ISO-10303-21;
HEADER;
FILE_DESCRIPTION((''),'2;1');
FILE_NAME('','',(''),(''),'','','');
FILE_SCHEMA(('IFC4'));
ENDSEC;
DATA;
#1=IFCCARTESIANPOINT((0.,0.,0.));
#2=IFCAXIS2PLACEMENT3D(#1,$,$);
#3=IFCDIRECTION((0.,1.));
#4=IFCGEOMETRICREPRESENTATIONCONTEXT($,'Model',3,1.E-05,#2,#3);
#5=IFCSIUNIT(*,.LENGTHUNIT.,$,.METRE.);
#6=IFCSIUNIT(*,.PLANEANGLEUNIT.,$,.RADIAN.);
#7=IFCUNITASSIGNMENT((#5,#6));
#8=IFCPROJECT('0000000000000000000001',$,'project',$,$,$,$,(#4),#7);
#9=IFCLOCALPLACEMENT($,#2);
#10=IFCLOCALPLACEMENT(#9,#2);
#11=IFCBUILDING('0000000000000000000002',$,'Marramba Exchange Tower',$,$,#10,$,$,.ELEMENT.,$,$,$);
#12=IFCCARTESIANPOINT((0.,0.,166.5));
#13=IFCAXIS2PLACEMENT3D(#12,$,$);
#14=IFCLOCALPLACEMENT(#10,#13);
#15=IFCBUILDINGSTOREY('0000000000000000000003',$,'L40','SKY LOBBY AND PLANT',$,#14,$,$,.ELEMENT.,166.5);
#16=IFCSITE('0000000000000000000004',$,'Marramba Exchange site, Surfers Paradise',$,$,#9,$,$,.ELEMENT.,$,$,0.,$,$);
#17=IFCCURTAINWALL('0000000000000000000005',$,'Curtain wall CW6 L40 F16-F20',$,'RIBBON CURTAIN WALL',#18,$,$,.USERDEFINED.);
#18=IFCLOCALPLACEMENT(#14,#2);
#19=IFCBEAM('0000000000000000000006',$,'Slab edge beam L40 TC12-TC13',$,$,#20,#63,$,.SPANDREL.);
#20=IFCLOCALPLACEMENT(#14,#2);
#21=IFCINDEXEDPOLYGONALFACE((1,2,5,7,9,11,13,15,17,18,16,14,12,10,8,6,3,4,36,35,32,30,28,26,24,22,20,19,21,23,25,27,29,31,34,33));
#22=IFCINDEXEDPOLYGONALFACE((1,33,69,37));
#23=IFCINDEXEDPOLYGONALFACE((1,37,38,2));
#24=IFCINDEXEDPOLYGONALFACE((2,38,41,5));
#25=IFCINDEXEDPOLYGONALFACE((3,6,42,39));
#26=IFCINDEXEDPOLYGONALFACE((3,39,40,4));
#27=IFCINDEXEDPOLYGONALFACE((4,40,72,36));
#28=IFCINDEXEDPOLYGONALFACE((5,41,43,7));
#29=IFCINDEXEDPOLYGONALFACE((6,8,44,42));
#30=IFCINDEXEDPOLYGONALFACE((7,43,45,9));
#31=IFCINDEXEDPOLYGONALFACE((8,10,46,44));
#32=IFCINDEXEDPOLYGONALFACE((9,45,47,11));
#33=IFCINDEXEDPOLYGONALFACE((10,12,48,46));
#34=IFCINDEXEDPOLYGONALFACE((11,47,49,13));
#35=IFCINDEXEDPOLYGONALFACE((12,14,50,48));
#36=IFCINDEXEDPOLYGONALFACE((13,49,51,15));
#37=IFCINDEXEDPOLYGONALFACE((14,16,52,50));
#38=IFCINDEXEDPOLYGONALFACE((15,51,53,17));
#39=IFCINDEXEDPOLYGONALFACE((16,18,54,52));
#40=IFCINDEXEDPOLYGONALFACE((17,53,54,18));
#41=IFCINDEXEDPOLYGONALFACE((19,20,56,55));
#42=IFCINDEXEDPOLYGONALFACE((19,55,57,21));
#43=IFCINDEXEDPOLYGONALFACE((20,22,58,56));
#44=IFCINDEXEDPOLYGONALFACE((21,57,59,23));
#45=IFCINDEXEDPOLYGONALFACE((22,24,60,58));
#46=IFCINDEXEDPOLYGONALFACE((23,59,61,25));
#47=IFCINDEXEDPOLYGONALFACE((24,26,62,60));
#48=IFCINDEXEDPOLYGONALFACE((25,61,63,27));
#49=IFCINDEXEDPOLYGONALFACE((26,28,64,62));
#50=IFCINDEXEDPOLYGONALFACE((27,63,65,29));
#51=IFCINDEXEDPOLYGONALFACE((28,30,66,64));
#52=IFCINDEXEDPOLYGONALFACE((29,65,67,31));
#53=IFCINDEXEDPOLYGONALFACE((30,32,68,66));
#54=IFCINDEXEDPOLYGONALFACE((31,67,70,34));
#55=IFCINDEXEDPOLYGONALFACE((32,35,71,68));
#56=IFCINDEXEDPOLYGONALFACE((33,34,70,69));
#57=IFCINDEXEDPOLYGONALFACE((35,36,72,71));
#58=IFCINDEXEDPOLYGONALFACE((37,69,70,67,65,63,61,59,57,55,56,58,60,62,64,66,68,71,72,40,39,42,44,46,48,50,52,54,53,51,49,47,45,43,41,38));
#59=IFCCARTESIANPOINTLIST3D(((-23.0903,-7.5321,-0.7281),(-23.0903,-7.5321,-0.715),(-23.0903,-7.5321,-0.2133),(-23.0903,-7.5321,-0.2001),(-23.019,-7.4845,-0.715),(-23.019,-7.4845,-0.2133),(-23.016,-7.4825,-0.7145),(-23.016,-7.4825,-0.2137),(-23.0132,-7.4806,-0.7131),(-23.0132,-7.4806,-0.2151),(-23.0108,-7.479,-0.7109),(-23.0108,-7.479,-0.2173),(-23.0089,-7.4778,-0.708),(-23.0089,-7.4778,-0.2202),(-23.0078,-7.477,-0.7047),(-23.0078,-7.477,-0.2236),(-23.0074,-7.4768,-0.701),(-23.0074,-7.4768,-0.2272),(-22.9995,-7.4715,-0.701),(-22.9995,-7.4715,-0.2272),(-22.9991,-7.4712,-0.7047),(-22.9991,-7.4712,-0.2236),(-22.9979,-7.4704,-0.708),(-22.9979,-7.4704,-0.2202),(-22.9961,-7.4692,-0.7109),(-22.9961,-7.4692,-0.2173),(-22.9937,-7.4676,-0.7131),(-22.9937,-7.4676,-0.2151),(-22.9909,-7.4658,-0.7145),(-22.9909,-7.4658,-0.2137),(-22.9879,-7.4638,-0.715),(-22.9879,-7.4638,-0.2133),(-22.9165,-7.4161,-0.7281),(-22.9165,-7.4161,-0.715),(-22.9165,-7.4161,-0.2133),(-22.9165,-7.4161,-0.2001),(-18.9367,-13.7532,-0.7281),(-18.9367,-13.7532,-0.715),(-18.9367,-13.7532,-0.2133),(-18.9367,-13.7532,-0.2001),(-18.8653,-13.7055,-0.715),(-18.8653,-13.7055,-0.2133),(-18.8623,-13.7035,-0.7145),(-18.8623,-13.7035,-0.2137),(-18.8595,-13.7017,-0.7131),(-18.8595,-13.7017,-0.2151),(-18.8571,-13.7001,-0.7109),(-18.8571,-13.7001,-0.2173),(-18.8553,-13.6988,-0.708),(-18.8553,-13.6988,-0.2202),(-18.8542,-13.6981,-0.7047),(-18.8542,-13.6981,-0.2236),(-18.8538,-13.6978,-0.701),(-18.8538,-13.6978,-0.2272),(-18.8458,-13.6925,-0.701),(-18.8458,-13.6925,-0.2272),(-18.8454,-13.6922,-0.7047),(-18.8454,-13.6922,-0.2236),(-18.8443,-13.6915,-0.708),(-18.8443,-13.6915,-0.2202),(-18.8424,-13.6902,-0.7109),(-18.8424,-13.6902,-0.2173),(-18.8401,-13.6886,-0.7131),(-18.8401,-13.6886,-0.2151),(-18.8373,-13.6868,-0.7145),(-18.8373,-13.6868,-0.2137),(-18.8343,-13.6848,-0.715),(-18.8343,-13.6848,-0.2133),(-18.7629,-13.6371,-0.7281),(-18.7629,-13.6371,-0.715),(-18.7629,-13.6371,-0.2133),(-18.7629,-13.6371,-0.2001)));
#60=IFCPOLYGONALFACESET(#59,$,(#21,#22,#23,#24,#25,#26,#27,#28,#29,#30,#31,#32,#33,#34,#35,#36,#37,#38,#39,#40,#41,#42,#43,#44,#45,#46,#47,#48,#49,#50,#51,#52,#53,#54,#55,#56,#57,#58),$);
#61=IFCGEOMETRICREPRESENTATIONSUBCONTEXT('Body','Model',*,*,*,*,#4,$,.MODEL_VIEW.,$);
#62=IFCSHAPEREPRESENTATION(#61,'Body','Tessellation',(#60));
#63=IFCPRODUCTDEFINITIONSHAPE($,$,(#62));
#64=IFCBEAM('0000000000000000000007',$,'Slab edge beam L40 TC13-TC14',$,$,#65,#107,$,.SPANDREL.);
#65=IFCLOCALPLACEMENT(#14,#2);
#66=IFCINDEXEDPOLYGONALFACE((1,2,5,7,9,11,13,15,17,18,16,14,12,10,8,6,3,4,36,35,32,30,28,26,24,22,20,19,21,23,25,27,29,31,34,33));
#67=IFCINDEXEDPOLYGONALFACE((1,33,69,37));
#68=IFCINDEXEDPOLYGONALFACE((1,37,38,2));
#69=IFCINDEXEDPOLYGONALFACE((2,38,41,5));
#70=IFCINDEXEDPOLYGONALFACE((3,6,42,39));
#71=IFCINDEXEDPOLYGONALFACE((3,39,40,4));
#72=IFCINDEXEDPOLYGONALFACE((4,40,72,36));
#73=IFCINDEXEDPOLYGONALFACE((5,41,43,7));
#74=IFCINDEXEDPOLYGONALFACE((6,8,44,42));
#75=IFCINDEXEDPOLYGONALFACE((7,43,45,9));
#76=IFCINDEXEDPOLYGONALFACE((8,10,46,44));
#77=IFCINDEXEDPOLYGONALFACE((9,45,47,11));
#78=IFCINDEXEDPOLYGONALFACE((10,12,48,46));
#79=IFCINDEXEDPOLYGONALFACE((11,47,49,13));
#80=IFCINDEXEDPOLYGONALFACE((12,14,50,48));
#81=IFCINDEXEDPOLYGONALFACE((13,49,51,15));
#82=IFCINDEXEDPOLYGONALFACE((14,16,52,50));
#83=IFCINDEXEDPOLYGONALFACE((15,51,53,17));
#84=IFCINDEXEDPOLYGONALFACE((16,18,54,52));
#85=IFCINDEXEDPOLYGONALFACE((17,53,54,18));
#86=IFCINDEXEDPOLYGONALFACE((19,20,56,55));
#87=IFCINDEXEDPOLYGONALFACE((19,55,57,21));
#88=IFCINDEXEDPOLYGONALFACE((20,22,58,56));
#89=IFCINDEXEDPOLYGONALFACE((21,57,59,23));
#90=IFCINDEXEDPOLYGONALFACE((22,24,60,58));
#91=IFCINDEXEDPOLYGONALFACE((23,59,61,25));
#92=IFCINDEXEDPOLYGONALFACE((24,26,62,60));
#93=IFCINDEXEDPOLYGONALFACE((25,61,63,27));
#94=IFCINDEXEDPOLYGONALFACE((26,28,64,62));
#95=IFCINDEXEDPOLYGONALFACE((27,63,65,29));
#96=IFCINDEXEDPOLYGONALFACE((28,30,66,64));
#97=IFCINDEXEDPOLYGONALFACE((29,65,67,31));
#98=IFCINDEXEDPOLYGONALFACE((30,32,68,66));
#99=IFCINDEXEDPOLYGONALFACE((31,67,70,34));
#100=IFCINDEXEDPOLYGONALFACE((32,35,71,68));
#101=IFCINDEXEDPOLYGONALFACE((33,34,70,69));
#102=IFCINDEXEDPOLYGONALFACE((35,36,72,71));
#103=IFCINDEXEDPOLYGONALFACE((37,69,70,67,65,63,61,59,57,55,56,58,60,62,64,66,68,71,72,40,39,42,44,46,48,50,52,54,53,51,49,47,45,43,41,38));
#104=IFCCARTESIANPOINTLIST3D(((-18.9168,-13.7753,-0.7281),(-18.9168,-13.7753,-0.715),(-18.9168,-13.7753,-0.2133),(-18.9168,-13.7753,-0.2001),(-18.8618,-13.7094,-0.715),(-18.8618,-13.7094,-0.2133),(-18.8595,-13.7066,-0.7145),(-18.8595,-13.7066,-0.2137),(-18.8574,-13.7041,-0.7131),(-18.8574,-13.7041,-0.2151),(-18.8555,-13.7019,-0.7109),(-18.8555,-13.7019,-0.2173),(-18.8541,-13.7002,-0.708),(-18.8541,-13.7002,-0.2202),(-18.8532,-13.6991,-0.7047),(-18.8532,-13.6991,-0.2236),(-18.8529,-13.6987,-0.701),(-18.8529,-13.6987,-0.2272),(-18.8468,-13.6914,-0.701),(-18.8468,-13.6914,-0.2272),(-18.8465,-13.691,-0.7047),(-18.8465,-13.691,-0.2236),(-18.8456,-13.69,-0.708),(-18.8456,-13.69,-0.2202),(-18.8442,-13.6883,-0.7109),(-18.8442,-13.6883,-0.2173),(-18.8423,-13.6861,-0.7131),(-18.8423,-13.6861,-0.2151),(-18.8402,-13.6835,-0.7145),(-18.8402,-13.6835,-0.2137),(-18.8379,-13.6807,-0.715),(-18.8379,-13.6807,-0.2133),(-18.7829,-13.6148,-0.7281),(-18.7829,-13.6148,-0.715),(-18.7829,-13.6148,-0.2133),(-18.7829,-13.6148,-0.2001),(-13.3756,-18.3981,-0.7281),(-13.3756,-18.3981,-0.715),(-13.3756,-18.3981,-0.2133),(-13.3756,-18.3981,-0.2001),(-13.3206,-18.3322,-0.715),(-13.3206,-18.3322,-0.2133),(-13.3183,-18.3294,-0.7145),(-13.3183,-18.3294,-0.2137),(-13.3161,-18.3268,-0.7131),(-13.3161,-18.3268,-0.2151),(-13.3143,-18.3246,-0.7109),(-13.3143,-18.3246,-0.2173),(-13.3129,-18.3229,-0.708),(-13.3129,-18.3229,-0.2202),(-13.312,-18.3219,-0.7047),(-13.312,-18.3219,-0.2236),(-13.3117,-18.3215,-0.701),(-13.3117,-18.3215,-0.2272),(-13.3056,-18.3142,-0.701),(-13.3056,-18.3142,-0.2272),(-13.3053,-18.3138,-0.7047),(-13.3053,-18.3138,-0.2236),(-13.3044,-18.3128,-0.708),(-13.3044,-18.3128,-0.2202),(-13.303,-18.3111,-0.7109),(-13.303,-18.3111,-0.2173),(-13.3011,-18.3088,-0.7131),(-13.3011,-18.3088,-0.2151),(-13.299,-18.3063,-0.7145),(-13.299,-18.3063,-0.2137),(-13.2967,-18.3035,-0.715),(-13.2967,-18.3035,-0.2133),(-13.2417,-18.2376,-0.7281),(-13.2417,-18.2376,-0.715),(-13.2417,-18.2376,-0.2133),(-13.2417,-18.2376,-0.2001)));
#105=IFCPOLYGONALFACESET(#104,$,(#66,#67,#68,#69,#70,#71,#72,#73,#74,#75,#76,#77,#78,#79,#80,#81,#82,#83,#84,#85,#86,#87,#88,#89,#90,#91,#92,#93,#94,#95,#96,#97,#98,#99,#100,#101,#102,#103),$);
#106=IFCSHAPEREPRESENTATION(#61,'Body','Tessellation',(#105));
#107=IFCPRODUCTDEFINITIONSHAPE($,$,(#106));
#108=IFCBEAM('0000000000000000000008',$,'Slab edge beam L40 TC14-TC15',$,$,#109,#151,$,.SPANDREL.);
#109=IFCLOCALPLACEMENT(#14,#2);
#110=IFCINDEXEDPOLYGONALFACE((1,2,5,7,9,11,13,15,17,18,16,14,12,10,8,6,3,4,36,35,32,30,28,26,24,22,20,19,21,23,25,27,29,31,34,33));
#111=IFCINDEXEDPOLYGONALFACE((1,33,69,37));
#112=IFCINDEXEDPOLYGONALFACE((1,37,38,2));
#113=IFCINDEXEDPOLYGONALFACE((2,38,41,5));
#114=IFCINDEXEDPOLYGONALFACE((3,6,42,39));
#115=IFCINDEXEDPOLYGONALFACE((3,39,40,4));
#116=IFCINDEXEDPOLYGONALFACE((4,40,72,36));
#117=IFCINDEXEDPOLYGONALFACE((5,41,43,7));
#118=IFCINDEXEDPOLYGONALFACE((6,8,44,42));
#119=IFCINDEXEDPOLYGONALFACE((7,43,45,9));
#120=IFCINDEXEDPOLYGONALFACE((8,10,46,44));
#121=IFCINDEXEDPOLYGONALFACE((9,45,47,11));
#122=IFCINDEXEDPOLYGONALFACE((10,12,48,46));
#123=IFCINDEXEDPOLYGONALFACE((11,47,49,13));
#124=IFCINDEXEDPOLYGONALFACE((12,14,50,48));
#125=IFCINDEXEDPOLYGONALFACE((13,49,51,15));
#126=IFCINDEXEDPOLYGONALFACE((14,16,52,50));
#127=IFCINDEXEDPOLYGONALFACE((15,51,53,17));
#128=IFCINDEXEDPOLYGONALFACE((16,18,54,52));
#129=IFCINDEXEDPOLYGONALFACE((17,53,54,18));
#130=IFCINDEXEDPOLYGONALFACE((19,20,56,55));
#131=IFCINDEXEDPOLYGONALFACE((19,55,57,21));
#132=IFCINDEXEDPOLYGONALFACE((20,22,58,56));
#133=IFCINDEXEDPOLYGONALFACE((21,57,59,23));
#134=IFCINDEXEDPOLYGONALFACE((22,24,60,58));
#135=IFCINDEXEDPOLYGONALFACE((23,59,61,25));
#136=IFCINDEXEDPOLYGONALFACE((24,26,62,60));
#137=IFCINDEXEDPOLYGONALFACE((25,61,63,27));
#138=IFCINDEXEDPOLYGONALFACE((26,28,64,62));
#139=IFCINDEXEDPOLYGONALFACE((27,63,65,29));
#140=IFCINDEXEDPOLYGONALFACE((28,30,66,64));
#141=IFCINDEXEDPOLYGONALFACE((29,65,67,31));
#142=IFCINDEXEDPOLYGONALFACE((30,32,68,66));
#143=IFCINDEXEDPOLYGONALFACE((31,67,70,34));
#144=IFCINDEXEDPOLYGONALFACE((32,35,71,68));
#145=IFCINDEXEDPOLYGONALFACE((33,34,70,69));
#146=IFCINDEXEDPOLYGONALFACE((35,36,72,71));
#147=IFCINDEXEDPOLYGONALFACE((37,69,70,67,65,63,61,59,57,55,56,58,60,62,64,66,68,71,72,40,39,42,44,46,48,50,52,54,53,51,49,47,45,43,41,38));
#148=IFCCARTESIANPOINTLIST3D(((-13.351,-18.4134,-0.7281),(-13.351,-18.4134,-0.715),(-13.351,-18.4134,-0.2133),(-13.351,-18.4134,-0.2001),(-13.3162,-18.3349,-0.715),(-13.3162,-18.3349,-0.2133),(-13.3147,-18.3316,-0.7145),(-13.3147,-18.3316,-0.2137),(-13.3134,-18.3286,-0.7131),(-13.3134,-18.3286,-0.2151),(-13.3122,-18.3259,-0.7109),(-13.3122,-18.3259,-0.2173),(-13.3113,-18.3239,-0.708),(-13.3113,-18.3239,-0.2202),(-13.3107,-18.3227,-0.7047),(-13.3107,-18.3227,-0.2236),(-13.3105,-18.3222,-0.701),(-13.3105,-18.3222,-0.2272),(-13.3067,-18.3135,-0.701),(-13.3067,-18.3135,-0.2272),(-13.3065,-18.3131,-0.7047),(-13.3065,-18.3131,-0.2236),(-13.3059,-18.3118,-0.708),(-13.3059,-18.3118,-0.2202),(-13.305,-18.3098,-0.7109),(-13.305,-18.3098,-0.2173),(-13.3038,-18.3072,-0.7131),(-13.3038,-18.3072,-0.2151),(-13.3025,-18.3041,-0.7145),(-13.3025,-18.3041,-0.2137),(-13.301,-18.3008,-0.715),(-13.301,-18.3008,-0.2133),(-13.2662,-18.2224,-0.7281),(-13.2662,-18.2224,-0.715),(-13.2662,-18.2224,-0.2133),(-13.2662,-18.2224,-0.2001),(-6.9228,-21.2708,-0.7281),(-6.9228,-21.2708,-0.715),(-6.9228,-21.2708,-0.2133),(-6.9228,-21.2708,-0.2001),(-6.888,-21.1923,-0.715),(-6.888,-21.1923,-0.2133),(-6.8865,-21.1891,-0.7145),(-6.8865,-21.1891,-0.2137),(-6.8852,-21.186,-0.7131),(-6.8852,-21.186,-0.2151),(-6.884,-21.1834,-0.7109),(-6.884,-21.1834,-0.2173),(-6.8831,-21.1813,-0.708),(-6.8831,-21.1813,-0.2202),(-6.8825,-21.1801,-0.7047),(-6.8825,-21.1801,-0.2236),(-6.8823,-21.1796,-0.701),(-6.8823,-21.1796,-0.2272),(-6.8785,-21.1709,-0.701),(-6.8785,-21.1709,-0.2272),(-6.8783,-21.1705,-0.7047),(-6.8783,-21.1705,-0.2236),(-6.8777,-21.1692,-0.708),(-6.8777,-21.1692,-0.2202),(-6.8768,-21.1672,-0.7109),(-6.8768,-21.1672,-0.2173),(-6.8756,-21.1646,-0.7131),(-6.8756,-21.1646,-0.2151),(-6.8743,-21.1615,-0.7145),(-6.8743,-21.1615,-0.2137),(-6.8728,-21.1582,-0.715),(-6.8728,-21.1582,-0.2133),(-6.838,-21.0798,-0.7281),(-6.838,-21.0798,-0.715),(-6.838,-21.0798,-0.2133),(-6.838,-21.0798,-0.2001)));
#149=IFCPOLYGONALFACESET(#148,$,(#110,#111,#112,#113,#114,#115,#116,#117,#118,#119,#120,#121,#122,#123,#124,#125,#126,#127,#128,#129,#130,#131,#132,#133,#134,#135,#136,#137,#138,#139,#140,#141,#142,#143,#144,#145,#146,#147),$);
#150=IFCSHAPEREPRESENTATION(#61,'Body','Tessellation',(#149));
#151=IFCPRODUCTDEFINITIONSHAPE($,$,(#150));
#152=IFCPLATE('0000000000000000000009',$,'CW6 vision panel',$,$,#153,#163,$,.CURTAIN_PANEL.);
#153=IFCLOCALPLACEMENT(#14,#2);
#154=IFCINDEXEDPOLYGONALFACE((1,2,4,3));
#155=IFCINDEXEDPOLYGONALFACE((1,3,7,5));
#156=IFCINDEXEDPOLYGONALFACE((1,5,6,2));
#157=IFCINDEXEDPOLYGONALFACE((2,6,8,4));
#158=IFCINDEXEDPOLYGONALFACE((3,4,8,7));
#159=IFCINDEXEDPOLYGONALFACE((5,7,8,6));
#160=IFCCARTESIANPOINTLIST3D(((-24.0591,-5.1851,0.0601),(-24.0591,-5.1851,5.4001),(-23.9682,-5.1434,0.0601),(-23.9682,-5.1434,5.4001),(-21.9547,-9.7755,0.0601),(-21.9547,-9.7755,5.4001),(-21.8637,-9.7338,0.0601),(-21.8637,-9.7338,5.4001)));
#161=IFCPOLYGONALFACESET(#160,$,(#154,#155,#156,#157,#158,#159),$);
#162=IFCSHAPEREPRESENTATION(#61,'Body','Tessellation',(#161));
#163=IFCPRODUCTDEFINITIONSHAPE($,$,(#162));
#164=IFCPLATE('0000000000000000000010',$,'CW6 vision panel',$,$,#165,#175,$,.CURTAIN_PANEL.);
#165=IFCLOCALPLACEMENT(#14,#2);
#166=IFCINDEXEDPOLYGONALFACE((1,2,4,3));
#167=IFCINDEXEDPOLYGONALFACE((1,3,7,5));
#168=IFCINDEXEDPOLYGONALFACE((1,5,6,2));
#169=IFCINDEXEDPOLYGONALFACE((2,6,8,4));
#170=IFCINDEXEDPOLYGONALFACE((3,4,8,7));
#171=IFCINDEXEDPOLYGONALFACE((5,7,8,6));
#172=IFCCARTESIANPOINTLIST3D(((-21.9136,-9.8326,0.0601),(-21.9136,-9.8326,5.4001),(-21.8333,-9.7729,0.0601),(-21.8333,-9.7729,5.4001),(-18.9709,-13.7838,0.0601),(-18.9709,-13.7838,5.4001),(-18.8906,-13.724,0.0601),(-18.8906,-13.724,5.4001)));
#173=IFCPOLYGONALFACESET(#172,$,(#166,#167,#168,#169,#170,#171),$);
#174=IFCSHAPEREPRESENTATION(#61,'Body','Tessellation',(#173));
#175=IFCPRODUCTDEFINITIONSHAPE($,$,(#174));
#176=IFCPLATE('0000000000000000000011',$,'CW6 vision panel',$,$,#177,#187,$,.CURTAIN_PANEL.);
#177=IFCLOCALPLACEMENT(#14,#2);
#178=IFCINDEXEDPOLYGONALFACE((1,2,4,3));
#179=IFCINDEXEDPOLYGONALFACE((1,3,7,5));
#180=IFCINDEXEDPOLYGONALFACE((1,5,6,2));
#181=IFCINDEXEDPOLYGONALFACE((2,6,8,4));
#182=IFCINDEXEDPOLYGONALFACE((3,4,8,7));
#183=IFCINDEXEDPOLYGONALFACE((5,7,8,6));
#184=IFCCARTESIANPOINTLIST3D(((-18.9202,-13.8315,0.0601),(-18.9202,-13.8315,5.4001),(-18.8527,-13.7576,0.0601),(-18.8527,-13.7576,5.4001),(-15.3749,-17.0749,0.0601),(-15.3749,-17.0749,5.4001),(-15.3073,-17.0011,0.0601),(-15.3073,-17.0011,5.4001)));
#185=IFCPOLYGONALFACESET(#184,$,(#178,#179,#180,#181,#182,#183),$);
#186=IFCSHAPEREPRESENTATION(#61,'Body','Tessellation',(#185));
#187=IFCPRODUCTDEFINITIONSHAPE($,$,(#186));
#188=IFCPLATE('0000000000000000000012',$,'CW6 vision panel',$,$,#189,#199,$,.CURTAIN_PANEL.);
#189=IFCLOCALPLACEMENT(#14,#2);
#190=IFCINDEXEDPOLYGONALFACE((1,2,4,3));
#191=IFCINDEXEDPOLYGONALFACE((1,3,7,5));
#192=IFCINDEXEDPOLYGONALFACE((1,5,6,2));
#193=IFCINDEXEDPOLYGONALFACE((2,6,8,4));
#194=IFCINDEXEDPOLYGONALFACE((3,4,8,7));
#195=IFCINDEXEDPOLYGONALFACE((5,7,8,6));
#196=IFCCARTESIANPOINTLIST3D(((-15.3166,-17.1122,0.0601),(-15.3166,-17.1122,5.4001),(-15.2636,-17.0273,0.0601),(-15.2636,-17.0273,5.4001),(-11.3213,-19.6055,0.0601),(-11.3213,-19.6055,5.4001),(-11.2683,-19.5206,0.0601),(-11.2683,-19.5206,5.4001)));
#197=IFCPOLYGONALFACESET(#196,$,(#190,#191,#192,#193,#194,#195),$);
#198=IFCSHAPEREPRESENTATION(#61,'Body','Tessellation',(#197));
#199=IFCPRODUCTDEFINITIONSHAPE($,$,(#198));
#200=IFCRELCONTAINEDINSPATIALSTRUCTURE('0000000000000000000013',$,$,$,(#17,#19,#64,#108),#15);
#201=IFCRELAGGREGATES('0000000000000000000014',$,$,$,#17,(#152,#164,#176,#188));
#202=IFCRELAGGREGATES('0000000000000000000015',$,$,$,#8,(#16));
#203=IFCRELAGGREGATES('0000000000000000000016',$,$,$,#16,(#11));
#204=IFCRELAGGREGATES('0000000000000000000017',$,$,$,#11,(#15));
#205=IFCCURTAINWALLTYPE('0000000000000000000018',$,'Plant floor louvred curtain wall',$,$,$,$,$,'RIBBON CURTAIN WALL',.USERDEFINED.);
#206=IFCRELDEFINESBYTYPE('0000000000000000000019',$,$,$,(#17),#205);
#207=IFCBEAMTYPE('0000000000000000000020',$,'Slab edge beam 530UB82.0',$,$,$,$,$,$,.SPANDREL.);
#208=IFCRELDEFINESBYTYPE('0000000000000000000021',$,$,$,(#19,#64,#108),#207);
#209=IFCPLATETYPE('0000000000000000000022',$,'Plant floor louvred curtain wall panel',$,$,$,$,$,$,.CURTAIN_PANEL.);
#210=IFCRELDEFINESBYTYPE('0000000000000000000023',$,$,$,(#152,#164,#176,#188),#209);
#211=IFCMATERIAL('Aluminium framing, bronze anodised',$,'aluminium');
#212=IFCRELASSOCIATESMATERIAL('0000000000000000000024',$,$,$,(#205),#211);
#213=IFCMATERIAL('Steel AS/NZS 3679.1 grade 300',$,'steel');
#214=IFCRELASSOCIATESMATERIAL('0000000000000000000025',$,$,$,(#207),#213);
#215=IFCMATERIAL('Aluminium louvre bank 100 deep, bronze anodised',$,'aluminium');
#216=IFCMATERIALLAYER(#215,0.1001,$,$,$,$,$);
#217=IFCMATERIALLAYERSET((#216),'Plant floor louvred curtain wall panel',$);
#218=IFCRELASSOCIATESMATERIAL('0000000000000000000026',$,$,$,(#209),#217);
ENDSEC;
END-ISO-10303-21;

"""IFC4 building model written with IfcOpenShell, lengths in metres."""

from ifc_helpers import new_model, si_unit, direction, frame, origin, origin_2d, place, context, subcontext, project, spatial, rectangle, i_section, extrude, material, layer, layer_set, material_profile, profile_set, type_object, element, aggregate, save


model = new_model("IFC4")

# Units and contexts
model_context = context("Model", 3, precision=1e-05, world=origin(), true_north=direction((0.0, 1.0)))
body_context = subcontext(model_context, "Body", "Model", "MODEL_VIEW")
ifc_project = project(units=[si_unit("LENGTHUNIT", "METRE"), si_unit("PLANEANGLEUNIT", "RADIAN")], contexts=[model_context])

# Site, building, storey
site_placement = place(None, origin())
site = spatial("IfcSite", under=ifc_project, at=site_placement, Name="Marramba Exchange site, Surfers Paradise", CompositionType="ELEMENT", RefElevation=0.0)
building_placement = place(site_placement, origin())
building = spatial("IfcBuilding", under=site, at=building_placement, Name="Marramba Exchange Tower", CompositionType="ELEMENT")
storey_placement = place(building_placement, frame((0.0, 0.0, 166.5)))
storey = spatial("IfcBuildingStorey", under=building, at=storey_placement, Name="L40", Description="SKY LOBBY AND PLANT", CompositionType="ELEMENT", Elevation=166.5)

# Curtain wall
ifc_material_1 = material(Name="Aluminium framing, bronze anodised", Category="aluminium")
curtain_wall_type = type_object("IfcCurtainWallType", Name="Plant floor louvred curtain wall", ElementType="RIBBON CURTAIN WALL", PredefinedType="USERDEFINED", material=ifc_material_1)
curtain_wall_placement = place(storey_placement, origin())
curtain_wall = element("IfcCurtainWall", 1, at=curtain_wall_placement, inside=storey, type_object=curtain_wall_type, Name="Curtain wall CW6 L40 F16-F20", ObjectType="RIBBON CURTAIN WALL", PredefinedType="USERDEFINED")

# Beams
ifc_material_2 = material(Name="Steel AS/NZS 3679.1 grade 300", Category="steel")
ifc_material_profile_1 = material_profile(ifc_material_2, i_section(OverallWidth=0.209, OverallDepth=0.5281, WebThickness=0.0095, FlangeThickness=0.0132, FilletRadius=0.0139, at=origin_2d()), Name="530UB82.0")
ifc_profile_set_1 = profile_set([ifc_material_profile_1], Name="Steel AS/NZS 3679.1 grade 300")
beam_type_1 = type_object("IfcBeamType", Name="Slab edge beam 530UB82.0", PredefinedType="SPANDREL", material=ifc_profile_set_1)
beam_1_placement = place(storey_placement, frame((-23.0034, -7.4741, -0.4641), z_axis=(0.55528, -0.831663, 0.0), x_axis=(0.831663, 0.55528, 0.0)))
element("IfcBeam", 2, at=beam_1_placement, inside=storey, type_object=beam_type_1, Name="Slab edge beam L40 TC12-TC13", PredefinedType="SPANDREL", context=body_context, shape_type="SweptSolid", body=[
    extrude(i_section(OverallWidth=0.209, OverallDepth=0.5281, WebThickness=0.0095, FlangeThickness=0.0132, FilletRadius=0.0139, at=origin_2d()), origin(), (0.0, 0.0, 1.0), 7.4802),
])
beam_2_placement = place(storey_placement, frame((-18.8499, -13.6951, -0.4641), z_axis=(0.767875, -0.6406, 0.0), x_axis=(0.6406, 0.767875, 0.0)))
element("IfcBeam", 3, at=beam_2_placement, inside=storey, type_object=beam_type_1, Name="Slab edge beam L40 TC13-TC14", PredefinedType="SPANDREL", context=body_context, shape_type="SweptSolid", body=[
    extrude(i_section(OverallWidth=0.209, OverallDepth=0.5281, WebThickness=0.0095, FlangeThickness=0.0132, FilletRadius=0.0139, at=origin_2d()), origin(), (0.0, 0.0, 1.0), 7.2163),
])
beam_3_placement = place(storey_placement, frame((-13.3086, -18.3179, -0.4641), z_axis=(0.913789, -0.40619, 0.0), x_axis=(0.40619, 0.913789, 0.0)))
element("IfcBeam", 4, at=beam_3_placement, inside=storey, type_object=beam_type_1, Name="Slab edge beam L40 TC14-TC15", PredefinedType="SPANDREL", context=body_context, shape_type="SweptSolid", body=[
    extrude(i_section(OverallWidth=0.209, OverallDepth=0.5281, WebThickness=0.0095, FlangeThickness=0.0132, FilletRadius=0.0139, at=origin_2d()), origin(), (0.0, 0.0, 1.0), 7.0347),
])

# Plates
ifc_material_3 = material(Name="Aluminium louvre bank 100 deep, bronze anodised", Category="aluminium")
ifc_layer_1 = layer(ifc_material_3, 0.1001)
ifc_layer_set_1 = layer_set([ifc_layer_1], Name="Plant floor louvred curtain wall panel")
plate_type = type_object("IfcPlateType", Name="Plant floor louvred curtain wall panel", PredefinedType="CURTAIN_PANEL", material=ifc_layer_set_1)
plate_1_placement = place(storey_placement, frame((-22.9614, -7.4595, 0.0601), z_axis=(0.0, 0.0, 1.0), x_axis=(0.416738, -0.909027, 0.0)))
plate_1 = element("IfcPlate", 5, at=plate_1_placement, type_object=plate_type, Name="CW6 vision panel", PredefinedType="CURTAIN_PANEL", context=body_context, shape_type="SweptSolid", body=[
    extrude(rectangle(XDim=5.0498, YDim=0.1001, at=origin_2d()), origin(), (0.0, 0.0, 1.0), 5.3401),
])
plate_2_placement = place(storey_placement, frame((-20.4021, -11.7783, 0.0601), z_axis=(0.0, 0.0, 1.0), x_axis=(0.597305, -0.802014, 0.0)))
plate_2 = element("IfcPlate", 6, at=plate_2_placement, type_object=plate_type, Name="CW6 vision panel", PredefinedType="CURTAIN_PANEL", context=body_context, shape_type="SweptSolid", body=[
    extrude(rectangle(XDim=4.9265, YDim=0.1001, at=origin_2d()), origin(), (0.0, 0.0, 1.0), 5.3401),
])
plate_3_placement = place(storey_placement, frame((-17.1138, -15.4163, 0.0601), z_axis=(0.0, 0.0, 1.0), x_axis=(0.737822, -0.674995, 0.0)))
plate_3 = element("IfcPlate", 7, at=plate_3_placement, type_object=plate_type, Name="CW6 vision panel", PredefinedType="CURTAIN_PANEL", context=body_context, shape_type="SweptSolid", body=[
    extrude(rectangle(XDim=4.8052, YDim=0.1001, at=origin_2d()), origin(), (0.0, 0.0, 1.0), 5.3401),
])
plate_4_placement = place(storey_placement, frame((-13.2925, -18.3164, 0.0601), z_axis=(0.0, 0.0, 1.0), x_axis=(0.848355, -0.529428, 0.0)))
plate_4 = element("IfcPlate", 8, at=plate_4_placement, type_object=plate_type, Name="CW6 vision panel", PredefinedType="CURTAIN_PANEL", context=body_context, shape_type="SweptSolid", body=[
    extrude(rectangle(XDim=4.7095, YDim=0.1001, at=origin_2d()), origin(), (0.0, 0.0, 1.0), 5.3401),
])
aggregate(curtain_wall, [plate_1, plate_2, plate_3, plate_4])

save(model, "model.ifc")
